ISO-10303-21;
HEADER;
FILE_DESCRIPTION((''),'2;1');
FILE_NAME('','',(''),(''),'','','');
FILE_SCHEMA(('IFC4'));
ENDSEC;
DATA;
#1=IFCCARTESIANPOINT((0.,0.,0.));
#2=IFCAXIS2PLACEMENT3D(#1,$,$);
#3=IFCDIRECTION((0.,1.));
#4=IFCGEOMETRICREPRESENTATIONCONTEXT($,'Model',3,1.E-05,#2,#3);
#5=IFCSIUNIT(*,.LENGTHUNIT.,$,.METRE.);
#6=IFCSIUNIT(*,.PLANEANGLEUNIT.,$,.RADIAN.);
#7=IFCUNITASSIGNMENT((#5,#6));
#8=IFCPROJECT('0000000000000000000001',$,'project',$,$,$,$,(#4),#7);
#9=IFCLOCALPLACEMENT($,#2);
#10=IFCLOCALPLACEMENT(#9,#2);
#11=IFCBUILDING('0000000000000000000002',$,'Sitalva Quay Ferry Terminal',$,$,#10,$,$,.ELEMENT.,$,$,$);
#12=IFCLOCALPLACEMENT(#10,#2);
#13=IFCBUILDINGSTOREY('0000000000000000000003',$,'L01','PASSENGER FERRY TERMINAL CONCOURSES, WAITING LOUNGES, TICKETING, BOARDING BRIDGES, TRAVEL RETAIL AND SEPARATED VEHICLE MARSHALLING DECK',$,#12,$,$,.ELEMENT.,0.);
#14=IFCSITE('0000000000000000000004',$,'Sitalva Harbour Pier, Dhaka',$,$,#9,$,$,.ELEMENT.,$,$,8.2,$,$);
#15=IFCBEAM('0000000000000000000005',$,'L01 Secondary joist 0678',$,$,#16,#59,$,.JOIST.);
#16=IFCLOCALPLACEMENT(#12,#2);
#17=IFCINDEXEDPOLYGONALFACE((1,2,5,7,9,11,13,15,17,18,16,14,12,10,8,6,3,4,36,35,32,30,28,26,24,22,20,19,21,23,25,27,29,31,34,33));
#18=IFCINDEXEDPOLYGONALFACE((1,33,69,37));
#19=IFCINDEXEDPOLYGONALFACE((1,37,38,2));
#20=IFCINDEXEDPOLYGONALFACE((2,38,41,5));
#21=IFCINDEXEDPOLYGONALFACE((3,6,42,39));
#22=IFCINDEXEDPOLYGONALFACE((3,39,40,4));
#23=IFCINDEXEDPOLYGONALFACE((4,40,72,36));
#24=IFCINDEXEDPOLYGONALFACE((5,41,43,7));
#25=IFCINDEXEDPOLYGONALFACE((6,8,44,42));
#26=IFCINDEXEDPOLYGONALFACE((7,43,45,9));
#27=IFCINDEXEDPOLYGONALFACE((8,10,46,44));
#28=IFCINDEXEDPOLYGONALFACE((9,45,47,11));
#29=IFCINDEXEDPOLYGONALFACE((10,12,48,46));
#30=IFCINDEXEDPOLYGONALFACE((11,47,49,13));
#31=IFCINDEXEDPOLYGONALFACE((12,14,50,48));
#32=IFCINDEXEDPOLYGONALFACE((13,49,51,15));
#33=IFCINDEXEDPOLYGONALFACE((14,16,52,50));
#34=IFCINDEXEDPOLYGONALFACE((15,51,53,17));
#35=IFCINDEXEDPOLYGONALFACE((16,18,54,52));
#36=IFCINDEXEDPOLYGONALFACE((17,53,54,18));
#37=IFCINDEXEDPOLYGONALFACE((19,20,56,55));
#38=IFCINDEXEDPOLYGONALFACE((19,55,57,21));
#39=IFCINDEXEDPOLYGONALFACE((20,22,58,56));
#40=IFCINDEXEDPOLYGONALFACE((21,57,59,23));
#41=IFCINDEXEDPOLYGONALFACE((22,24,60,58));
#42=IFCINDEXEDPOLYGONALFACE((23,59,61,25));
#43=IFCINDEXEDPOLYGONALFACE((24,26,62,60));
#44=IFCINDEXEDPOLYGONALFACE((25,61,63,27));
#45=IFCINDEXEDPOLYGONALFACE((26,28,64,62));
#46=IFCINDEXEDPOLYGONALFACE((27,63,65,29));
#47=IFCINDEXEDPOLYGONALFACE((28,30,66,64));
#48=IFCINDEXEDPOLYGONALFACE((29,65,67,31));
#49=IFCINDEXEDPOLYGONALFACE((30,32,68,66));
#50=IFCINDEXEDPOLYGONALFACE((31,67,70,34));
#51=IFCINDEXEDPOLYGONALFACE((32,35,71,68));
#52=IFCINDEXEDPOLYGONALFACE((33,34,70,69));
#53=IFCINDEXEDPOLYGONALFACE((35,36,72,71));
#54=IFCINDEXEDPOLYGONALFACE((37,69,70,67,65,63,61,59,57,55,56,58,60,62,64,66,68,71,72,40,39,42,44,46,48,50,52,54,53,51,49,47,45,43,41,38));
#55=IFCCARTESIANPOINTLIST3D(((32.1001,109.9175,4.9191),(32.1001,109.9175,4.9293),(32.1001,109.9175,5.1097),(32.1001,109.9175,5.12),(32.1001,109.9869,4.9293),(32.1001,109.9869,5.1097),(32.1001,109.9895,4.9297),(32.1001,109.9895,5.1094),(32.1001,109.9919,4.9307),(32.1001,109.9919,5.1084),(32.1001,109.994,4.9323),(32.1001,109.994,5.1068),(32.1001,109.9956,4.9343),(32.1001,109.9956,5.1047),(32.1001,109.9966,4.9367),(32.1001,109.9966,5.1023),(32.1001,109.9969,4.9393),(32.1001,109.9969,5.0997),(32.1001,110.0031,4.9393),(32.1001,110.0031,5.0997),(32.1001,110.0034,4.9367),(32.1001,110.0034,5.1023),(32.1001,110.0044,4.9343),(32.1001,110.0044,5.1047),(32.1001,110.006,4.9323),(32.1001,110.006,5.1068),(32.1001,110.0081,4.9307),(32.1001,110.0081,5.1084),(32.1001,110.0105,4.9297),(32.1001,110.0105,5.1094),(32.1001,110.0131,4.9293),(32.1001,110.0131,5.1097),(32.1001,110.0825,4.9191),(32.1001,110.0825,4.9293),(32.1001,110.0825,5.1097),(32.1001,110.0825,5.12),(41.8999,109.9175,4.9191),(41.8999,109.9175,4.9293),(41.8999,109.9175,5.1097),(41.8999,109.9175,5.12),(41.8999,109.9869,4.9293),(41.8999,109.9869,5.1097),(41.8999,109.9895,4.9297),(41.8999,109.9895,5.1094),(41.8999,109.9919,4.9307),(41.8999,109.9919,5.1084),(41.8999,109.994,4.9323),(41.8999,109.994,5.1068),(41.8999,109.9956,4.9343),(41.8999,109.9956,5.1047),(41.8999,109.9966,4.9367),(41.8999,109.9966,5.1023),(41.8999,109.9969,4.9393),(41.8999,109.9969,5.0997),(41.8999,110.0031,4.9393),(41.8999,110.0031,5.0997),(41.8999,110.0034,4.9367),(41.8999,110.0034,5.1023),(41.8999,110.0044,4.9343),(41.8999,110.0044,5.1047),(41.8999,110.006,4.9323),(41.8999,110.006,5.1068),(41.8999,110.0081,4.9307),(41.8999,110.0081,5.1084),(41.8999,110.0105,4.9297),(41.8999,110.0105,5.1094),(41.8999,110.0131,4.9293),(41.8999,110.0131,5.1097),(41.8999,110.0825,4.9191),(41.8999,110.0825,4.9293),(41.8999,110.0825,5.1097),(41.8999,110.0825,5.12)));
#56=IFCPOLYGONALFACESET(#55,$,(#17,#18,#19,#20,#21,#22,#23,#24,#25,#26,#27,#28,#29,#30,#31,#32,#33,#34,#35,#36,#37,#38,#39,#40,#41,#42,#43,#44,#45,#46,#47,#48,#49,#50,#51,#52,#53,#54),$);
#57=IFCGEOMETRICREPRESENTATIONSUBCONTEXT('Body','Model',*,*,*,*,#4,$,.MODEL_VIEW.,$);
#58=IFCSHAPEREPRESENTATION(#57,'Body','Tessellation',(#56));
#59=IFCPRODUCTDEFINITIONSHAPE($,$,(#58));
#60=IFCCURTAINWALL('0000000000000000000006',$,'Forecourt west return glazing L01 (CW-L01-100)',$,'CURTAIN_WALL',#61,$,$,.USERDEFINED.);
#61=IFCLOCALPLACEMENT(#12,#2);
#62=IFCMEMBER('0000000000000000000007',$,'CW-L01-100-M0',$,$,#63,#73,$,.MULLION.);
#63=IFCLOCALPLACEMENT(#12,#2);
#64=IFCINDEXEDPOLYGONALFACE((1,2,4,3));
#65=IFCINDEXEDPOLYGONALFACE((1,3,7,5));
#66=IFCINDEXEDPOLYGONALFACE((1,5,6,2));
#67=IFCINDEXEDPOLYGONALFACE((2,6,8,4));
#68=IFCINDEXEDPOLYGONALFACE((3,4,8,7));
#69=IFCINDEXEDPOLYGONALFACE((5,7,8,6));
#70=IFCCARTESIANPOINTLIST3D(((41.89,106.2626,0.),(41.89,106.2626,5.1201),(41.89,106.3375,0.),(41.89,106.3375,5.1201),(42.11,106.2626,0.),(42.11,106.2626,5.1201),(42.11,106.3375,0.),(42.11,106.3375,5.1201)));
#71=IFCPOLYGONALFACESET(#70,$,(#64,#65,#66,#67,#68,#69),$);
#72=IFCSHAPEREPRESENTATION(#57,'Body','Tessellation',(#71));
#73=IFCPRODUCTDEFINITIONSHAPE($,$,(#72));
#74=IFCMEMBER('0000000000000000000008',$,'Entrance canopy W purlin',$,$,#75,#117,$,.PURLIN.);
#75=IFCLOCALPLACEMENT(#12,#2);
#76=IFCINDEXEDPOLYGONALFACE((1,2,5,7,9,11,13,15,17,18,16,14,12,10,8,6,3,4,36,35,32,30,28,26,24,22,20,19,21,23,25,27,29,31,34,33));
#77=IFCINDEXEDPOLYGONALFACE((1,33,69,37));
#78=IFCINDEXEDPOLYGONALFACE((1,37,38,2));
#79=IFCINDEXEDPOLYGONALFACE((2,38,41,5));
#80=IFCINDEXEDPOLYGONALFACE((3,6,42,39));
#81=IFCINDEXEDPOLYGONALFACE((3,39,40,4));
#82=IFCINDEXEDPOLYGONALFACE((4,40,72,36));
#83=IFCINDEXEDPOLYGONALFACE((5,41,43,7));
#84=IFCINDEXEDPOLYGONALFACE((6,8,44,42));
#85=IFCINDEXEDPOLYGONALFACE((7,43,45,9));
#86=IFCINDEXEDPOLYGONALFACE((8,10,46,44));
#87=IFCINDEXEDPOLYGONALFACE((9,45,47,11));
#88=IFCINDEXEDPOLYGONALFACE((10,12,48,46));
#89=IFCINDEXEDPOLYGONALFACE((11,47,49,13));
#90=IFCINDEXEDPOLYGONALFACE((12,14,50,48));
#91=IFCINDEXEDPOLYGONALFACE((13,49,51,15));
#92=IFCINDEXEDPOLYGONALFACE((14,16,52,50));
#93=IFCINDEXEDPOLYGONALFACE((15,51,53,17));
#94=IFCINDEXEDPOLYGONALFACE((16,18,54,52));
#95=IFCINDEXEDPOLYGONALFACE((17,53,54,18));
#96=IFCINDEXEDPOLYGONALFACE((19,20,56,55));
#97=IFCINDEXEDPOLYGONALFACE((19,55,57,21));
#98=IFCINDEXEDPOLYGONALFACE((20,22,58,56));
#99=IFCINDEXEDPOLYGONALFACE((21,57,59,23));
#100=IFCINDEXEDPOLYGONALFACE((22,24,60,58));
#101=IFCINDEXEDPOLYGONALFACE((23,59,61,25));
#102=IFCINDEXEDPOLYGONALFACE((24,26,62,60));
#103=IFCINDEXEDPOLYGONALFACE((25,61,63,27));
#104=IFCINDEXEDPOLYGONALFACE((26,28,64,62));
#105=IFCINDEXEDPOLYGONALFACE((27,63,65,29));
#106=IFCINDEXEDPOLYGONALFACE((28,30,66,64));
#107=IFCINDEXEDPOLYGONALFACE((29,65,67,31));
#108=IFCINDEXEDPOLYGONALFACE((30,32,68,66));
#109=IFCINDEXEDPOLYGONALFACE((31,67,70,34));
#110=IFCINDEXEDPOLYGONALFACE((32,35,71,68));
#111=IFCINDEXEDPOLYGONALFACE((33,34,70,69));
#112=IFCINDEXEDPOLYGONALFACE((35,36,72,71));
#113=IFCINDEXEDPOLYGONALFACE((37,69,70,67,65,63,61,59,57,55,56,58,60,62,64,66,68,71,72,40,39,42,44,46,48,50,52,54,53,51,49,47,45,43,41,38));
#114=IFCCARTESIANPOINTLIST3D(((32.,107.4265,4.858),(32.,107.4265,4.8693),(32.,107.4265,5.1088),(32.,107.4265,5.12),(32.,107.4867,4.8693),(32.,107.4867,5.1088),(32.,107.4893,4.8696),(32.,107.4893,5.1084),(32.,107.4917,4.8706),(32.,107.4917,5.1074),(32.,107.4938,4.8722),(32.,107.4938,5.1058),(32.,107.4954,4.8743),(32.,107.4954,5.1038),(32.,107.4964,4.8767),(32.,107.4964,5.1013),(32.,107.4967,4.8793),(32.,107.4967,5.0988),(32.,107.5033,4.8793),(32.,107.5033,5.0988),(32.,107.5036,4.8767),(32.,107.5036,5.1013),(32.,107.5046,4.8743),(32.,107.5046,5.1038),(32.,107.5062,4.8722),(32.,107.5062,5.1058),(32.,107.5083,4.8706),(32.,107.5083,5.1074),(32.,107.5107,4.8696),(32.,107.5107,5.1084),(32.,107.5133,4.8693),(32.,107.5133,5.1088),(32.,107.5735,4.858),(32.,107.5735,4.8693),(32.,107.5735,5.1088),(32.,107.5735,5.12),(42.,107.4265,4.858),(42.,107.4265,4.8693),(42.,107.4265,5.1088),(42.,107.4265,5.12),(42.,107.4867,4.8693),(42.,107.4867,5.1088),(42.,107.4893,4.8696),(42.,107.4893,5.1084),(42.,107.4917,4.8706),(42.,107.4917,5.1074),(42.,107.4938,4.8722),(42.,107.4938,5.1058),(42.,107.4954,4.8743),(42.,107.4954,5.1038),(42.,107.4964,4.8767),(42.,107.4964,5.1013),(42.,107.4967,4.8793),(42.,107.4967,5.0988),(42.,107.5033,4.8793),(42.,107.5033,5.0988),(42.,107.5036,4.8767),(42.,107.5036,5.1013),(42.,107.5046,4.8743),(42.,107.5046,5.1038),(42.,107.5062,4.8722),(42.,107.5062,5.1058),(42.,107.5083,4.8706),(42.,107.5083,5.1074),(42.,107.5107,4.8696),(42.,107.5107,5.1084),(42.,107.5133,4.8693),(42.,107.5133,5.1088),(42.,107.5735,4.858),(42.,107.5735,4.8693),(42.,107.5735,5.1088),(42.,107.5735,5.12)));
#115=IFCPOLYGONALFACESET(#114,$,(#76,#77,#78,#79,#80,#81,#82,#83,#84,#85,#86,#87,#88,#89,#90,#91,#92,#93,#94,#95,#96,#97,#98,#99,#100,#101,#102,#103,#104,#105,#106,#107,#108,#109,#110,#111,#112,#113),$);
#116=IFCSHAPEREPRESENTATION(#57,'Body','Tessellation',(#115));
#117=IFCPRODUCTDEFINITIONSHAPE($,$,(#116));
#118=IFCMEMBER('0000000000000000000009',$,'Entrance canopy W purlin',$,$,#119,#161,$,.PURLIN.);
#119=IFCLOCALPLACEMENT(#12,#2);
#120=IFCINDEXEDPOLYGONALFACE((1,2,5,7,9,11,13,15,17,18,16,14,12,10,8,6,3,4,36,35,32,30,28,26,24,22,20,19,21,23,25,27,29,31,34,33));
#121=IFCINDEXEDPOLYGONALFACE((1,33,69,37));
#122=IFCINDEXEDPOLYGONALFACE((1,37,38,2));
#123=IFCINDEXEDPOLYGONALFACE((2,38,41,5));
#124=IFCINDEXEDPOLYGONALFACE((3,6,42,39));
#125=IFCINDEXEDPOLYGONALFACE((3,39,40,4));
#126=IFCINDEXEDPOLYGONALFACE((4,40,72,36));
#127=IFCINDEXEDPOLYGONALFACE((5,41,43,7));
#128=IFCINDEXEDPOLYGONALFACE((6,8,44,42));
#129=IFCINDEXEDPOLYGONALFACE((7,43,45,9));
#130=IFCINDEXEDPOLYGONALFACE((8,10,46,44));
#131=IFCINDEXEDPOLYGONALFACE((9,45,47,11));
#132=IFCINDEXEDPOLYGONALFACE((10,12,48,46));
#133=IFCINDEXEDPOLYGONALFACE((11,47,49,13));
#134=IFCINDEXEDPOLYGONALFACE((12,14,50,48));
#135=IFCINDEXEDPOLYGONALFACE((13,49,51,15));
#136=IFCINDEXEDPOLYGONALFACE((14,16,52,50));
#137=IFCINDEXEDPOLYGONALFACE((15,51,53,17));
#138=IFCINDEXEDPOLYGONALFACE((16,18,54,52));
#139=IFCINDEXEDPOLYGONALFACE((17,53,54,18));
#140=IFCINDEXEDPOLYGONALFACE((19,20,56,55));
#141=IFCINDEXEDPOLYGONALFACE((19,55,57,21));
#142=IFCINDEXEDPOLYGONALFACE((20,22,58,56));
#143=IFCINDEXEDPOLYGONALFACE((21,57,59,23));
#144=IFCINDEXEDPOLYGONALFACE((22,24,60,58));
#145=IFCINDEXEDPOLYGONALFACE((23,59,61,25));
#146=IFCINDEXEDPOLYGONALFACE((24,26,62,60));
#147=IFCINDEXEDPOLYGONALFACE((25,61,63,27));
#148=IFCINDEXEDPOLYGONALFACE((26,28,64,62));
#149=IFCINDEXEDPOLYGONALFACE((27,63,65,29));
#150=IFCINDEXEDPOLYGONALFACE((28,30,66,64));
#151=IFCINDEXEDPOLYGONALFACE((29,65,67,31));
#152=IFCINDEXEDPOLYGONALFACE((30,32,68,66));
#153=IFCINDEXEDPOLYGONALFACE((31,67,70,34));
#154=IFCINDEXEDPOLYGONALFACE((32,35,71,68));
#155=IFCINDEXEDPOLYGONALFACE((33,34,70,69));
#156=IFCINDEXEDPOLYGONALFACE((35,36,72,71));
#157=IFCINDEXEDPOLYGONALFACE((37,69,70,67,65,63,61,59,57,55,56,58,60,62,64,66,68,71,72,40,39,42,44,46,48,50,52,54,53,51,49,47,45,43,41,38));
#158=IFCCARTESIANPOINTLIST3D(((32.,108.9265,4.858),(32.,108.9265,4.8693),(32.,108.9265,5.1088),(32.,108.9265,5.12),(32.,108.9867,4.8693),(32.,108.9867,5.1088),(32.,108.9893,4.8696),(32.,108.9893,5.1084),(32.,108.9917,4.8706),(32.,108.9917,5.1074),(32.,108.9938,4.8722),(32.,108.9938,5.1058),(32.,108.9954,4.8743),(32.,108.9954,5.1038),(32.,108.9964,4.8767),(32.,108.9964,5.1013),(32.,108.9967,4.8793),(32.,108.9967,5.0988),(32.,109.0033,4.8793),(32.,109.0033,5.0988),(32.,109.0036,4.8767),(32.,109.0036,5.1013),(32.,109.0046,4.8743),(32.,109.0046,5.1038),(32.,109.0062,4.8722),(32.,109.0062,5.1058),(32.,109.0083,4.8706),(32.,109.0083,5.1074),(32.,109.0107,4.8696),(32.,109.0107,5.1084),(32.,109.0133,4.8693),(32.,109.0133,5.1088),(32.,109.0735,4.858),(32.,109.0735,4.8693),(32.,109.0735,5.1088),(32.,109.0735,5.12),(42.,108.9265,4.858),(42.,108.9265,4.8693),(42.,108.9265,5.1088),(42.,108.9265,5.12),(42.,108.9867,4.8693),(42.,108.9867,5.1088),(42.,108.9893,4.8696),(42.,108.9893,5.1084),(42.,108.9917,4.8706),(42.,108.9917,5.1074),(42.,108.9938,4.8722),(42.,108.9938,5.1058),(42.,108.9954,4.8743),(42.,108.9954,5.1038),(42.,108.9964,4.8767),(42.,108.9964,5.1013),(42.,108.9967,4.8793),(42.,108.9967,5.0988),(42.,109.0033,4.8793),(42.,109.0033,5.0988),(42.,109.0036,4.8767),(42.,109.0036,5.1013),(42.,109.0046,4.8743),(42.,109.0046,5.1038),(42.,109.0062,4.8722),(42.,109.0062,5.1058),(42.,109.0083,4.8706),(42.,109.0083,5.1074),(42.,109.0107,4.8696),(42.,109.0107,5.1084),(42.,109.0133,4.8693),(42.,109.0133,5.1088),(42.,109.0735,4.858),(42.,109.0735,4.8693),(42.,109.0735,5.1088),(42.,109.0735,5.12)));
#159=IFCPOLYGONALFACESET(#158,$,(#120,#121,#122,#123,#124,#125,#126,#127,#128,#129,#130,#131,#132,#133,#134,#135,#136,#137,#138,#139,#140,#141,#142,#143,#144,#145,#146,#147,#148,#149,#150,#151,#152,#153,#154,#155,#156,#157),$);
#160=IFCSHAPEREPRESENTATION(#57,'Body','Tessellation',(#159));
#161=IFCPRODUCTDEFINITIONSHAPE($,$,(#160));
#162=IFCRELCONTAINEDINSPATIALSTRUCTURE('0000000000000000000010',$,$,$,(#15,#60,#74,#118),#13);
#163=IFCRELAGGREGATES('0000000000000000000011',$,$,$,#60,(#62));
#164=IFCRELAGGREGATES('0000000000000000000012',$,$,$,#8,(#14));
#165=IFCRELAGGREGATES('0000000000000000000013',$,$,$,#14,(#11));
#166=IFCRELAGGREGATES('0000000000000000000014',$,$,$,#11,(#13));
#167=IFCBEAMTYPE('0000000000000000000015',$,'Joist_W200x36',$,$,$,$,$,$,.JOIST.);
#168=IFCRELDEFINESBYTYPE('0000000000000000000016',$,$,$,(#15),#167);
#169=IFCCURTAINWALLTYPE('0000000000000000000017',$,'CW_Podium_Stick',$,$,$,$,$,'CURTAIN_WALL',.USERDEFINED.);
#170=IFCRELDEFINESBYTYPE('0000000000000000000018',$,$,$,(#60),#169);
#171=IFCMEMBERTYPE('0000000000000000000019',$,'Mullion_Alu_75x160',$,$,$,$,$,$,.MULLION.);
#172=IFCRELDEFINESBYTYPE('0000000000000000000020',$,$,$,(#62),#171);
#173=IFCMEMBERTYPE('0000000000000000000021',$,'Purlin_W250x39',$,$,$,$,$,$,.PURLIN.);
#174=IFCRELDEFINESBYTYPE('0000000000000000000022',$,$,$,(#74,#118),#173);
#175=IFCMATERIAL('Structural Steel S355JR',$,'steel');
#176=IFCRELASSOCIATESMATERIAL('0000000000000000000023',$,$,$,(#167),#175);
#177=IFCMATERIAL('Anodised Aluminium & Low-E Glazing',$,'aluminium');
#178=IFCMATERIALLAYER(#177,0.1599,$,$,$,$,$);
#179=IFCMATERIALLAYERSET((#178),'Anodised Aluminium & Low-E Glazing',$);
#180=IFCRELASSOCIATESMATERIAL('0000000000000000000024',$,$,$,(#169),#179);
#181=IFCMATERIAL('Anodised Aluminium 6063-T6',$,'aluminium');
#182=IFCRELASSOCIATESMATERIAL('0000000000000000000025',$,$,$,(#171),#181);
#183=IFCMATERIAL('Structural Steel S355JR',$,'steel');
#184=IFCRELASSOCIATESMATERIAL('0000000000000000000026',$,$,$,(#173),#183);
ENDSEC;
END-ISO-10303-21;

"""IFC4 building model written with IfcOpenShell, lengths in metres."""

from ifc_helpers import new_model, si_unit, direction, frame, origin, origin_2d, place, context, subcontext, project, spatial, rectangle, i_section, extrude, material, layer, layer_set, material_profile, profile_set, type_object, element, aggregate, save


model = new_model("IFC4")

# Units and contexts
model_context = context("Model", 3, precision=1e-05, world=origin(), true_north=direction((0.0, 1.0)))
body_context = subcontext(model_context, "Body", "Model", "MODEL_VIEW")
ifc_project = project(units=[si_unit("LENGTHUNIT", "METRE"), si_unit("PLANEANGLEUNIT", "RADIAN")], contexts=[model_context])

# Site, building, storey
site_placement = place(None, origin())
site = spatial("IfcSite", under=ifc_project, at=site_placement, Name="Sitalva Harbour Pier, Dhaka", CompositionType="ELEMENT", RefElevation=8.2)
building_placement = place(site_placement, origin())
building = spatial("IfcBuilding", under=site, at=building_placement, Name="Sitalva Quay Ferry Terminal", CompositionType="ELEMENT")
storey_placement = place(building_placement, origin())
storey = spatial("IfcBuildingStorey", under=building, at=storey_placement, Name="L01", Description="PASSENGER FERRY TERMINAL CONCOURSES, WAITING LOUNGES, TICKETING, BOARDING BRIDGES, TRAVEL RETAIL AND SEPARATED VEHICLE MARSHALLING DECK", CompositionType="ELEMENT", Elevation=0.0)

# Beam
ifc_material_1 = material(Name="Structural Steel S355JR", Category="steel")
ifc_material_profile_1 = material_profile(ifc_material_1, i_section(OverallWidth=0.165, OverallDepth=0.2009, WebThickness=0.0061, FlangeThickness=0.0103, FilletRadius=0.01, at=origin_2d()), Name="W200x36")
ifc_profile_set_1 = profile_set([ifc_material_profile_1], Name="Structural Steel S355JR")
beam_type_1 = type_object("IfcBeamType", Name="Joist_W200x36", PredefinedType="JOIST", material=ifc_profile_set_1)
for number, where, z_axis, x_axis, name in (
    (1, (32.1001, 110.0, 5.0195), (1.0, 0.0, 0.0), (0.0, 1.0, 0.0), "L01 Secondary joist 0678"),
):
    element("IfcBeam", number, at=place(storey_placement, frame(where, z_axis=z_axis, x_axis=x_axis)), inside=storey, type_object=beam_type_1, Name=name, PredefinedType="JOIST", context=body_context, shape_type="SweptSolid", body=[
        extrude(i_section(OverallWidth=0.165, OverallDepth=0.2009, WebThickness=0.0061, FlangeThickness=0.0103, FilletRadius=0.01, at=origin_2d()), origin(), (0.0, 0.0, 1.0), 9.7998),
    ])

# Curtain wall, member
ifc_material_2 = material(Name="Anodised Aluminium & Low-E Glazing", Category="aluminium")
ifc_layer_1 = layer(ifc_material_2, 0.1599)
ifc_layer_set_1 = layer_set([ifc_layer_1], Name="Anodised Aluminium & Low-E Glazing")
curtain_wall_type = type_object("IfcCurtainWallType", Name="CW_Podium_Stick", ElementType="CURTAIN_WALL", PredefinedType="USERDEFINED", material=ifc_layer_set_1)
curtain_wall_placement = place(storey_placement, origin())
curtain_wall = element("IfcCurtainWall", 2, at=curtain_wall_placement, inside=storey, type_object=curtain_wall_type, Name="Forecourt west return glazing L01 (CW-L01-100)", ObjectType="CURTAIN_WALL", PredefinedType="USERDEFINED")
ifc_material_3 = material(Name="Anodised Aluminium 6063-T6", Category="aluminium")
ifc_material_profile_2 = material_profile(ifc_material_3, rectangle(XDim=0.075, YDim=0.22, at=origin_2d()), Name="ALU75x220")
ifc_profile_set_2 = profile_set([ifc_material_profile_2], Name="Anodised Aluminium 6063-T6")
member_type_1 = type_object("IfcMemberType", Name="Mullion_Alu_75x160", PredefinedType="MULLION", material=ifc_profile_set_2)
member_1_placement = place(storey_placement, frame((42.0, 106.3, 0.0), z_axis=(0.0, 0.0, 1.0), x_axis=(0.0, 1.0, 0.0)))
member_1 = element("IfcMember", 3, at=member_1_placement, type_object=member_type_1, Name="CW-L01-100-M0", PredefinedType="MULLION", context=body_context, shape_type="SweptSolid", body=[
    extrude(rectangle(XDim=0.075, YDim=0.22, at=origin_2d()), origin(), (0.0, 0.0, 1.0), 5.1201),
])

# Members
ifc_material_4 = material(Name="Structural Steel S355JR", Category="steel")
ifc_material_profile_3 = material_profile(ifc_material_4, i_section(OverallWidth=0.147, OverallDepth=0.262, WebThickness=0.0066, FlangeThickness=0.0112, FilletRadius=0.01, at=origin_2d()), Name="W250x39")
ifc_profile_set_3 = profile_set([ifc_material_profile_3], Name="Structural Steel S355JR")
member_type_2 = type_object("IfcMemberType", Name="Purlin_W250x39", PredefinedType="PURLIN", material=ifc_profile_set_3)
for number, where, z_axis, x_axis, name in (
    (4, (32.0, 107.5, 4.989), (1.0, 0.0, 0.0), (0.0, 1.0, 0.0), "Entrance canopy W purlin"),
    (5, (32.0, 109.0, 4.989), (1.0, 0.0, 0.0), (0.0, 1.0, 0.0), "Entrance canopy W purlin"),
):
    element("IfcMember", number, at=place(storey_placement, frame(where, z_axis=z_axis, x_axis=x_axis)), inside=storey, type_object=member_type_2, Name=name, PredefinedType="PURLIN", context=body_context, shape_type="SweptSolid", body=[
        extrude(i_section(OverallWidth=0.147, OverallDepth=0.262, WebThickness=0.0066, FlangeThickness=0.0112, FilletRadius=0.01, at=origin_2d()), origin(), (0.0, 0.0, 1.0), 10.0),
    ])

aggregate(curtain_wall, [member_1])

save(model, "model.ifc")
